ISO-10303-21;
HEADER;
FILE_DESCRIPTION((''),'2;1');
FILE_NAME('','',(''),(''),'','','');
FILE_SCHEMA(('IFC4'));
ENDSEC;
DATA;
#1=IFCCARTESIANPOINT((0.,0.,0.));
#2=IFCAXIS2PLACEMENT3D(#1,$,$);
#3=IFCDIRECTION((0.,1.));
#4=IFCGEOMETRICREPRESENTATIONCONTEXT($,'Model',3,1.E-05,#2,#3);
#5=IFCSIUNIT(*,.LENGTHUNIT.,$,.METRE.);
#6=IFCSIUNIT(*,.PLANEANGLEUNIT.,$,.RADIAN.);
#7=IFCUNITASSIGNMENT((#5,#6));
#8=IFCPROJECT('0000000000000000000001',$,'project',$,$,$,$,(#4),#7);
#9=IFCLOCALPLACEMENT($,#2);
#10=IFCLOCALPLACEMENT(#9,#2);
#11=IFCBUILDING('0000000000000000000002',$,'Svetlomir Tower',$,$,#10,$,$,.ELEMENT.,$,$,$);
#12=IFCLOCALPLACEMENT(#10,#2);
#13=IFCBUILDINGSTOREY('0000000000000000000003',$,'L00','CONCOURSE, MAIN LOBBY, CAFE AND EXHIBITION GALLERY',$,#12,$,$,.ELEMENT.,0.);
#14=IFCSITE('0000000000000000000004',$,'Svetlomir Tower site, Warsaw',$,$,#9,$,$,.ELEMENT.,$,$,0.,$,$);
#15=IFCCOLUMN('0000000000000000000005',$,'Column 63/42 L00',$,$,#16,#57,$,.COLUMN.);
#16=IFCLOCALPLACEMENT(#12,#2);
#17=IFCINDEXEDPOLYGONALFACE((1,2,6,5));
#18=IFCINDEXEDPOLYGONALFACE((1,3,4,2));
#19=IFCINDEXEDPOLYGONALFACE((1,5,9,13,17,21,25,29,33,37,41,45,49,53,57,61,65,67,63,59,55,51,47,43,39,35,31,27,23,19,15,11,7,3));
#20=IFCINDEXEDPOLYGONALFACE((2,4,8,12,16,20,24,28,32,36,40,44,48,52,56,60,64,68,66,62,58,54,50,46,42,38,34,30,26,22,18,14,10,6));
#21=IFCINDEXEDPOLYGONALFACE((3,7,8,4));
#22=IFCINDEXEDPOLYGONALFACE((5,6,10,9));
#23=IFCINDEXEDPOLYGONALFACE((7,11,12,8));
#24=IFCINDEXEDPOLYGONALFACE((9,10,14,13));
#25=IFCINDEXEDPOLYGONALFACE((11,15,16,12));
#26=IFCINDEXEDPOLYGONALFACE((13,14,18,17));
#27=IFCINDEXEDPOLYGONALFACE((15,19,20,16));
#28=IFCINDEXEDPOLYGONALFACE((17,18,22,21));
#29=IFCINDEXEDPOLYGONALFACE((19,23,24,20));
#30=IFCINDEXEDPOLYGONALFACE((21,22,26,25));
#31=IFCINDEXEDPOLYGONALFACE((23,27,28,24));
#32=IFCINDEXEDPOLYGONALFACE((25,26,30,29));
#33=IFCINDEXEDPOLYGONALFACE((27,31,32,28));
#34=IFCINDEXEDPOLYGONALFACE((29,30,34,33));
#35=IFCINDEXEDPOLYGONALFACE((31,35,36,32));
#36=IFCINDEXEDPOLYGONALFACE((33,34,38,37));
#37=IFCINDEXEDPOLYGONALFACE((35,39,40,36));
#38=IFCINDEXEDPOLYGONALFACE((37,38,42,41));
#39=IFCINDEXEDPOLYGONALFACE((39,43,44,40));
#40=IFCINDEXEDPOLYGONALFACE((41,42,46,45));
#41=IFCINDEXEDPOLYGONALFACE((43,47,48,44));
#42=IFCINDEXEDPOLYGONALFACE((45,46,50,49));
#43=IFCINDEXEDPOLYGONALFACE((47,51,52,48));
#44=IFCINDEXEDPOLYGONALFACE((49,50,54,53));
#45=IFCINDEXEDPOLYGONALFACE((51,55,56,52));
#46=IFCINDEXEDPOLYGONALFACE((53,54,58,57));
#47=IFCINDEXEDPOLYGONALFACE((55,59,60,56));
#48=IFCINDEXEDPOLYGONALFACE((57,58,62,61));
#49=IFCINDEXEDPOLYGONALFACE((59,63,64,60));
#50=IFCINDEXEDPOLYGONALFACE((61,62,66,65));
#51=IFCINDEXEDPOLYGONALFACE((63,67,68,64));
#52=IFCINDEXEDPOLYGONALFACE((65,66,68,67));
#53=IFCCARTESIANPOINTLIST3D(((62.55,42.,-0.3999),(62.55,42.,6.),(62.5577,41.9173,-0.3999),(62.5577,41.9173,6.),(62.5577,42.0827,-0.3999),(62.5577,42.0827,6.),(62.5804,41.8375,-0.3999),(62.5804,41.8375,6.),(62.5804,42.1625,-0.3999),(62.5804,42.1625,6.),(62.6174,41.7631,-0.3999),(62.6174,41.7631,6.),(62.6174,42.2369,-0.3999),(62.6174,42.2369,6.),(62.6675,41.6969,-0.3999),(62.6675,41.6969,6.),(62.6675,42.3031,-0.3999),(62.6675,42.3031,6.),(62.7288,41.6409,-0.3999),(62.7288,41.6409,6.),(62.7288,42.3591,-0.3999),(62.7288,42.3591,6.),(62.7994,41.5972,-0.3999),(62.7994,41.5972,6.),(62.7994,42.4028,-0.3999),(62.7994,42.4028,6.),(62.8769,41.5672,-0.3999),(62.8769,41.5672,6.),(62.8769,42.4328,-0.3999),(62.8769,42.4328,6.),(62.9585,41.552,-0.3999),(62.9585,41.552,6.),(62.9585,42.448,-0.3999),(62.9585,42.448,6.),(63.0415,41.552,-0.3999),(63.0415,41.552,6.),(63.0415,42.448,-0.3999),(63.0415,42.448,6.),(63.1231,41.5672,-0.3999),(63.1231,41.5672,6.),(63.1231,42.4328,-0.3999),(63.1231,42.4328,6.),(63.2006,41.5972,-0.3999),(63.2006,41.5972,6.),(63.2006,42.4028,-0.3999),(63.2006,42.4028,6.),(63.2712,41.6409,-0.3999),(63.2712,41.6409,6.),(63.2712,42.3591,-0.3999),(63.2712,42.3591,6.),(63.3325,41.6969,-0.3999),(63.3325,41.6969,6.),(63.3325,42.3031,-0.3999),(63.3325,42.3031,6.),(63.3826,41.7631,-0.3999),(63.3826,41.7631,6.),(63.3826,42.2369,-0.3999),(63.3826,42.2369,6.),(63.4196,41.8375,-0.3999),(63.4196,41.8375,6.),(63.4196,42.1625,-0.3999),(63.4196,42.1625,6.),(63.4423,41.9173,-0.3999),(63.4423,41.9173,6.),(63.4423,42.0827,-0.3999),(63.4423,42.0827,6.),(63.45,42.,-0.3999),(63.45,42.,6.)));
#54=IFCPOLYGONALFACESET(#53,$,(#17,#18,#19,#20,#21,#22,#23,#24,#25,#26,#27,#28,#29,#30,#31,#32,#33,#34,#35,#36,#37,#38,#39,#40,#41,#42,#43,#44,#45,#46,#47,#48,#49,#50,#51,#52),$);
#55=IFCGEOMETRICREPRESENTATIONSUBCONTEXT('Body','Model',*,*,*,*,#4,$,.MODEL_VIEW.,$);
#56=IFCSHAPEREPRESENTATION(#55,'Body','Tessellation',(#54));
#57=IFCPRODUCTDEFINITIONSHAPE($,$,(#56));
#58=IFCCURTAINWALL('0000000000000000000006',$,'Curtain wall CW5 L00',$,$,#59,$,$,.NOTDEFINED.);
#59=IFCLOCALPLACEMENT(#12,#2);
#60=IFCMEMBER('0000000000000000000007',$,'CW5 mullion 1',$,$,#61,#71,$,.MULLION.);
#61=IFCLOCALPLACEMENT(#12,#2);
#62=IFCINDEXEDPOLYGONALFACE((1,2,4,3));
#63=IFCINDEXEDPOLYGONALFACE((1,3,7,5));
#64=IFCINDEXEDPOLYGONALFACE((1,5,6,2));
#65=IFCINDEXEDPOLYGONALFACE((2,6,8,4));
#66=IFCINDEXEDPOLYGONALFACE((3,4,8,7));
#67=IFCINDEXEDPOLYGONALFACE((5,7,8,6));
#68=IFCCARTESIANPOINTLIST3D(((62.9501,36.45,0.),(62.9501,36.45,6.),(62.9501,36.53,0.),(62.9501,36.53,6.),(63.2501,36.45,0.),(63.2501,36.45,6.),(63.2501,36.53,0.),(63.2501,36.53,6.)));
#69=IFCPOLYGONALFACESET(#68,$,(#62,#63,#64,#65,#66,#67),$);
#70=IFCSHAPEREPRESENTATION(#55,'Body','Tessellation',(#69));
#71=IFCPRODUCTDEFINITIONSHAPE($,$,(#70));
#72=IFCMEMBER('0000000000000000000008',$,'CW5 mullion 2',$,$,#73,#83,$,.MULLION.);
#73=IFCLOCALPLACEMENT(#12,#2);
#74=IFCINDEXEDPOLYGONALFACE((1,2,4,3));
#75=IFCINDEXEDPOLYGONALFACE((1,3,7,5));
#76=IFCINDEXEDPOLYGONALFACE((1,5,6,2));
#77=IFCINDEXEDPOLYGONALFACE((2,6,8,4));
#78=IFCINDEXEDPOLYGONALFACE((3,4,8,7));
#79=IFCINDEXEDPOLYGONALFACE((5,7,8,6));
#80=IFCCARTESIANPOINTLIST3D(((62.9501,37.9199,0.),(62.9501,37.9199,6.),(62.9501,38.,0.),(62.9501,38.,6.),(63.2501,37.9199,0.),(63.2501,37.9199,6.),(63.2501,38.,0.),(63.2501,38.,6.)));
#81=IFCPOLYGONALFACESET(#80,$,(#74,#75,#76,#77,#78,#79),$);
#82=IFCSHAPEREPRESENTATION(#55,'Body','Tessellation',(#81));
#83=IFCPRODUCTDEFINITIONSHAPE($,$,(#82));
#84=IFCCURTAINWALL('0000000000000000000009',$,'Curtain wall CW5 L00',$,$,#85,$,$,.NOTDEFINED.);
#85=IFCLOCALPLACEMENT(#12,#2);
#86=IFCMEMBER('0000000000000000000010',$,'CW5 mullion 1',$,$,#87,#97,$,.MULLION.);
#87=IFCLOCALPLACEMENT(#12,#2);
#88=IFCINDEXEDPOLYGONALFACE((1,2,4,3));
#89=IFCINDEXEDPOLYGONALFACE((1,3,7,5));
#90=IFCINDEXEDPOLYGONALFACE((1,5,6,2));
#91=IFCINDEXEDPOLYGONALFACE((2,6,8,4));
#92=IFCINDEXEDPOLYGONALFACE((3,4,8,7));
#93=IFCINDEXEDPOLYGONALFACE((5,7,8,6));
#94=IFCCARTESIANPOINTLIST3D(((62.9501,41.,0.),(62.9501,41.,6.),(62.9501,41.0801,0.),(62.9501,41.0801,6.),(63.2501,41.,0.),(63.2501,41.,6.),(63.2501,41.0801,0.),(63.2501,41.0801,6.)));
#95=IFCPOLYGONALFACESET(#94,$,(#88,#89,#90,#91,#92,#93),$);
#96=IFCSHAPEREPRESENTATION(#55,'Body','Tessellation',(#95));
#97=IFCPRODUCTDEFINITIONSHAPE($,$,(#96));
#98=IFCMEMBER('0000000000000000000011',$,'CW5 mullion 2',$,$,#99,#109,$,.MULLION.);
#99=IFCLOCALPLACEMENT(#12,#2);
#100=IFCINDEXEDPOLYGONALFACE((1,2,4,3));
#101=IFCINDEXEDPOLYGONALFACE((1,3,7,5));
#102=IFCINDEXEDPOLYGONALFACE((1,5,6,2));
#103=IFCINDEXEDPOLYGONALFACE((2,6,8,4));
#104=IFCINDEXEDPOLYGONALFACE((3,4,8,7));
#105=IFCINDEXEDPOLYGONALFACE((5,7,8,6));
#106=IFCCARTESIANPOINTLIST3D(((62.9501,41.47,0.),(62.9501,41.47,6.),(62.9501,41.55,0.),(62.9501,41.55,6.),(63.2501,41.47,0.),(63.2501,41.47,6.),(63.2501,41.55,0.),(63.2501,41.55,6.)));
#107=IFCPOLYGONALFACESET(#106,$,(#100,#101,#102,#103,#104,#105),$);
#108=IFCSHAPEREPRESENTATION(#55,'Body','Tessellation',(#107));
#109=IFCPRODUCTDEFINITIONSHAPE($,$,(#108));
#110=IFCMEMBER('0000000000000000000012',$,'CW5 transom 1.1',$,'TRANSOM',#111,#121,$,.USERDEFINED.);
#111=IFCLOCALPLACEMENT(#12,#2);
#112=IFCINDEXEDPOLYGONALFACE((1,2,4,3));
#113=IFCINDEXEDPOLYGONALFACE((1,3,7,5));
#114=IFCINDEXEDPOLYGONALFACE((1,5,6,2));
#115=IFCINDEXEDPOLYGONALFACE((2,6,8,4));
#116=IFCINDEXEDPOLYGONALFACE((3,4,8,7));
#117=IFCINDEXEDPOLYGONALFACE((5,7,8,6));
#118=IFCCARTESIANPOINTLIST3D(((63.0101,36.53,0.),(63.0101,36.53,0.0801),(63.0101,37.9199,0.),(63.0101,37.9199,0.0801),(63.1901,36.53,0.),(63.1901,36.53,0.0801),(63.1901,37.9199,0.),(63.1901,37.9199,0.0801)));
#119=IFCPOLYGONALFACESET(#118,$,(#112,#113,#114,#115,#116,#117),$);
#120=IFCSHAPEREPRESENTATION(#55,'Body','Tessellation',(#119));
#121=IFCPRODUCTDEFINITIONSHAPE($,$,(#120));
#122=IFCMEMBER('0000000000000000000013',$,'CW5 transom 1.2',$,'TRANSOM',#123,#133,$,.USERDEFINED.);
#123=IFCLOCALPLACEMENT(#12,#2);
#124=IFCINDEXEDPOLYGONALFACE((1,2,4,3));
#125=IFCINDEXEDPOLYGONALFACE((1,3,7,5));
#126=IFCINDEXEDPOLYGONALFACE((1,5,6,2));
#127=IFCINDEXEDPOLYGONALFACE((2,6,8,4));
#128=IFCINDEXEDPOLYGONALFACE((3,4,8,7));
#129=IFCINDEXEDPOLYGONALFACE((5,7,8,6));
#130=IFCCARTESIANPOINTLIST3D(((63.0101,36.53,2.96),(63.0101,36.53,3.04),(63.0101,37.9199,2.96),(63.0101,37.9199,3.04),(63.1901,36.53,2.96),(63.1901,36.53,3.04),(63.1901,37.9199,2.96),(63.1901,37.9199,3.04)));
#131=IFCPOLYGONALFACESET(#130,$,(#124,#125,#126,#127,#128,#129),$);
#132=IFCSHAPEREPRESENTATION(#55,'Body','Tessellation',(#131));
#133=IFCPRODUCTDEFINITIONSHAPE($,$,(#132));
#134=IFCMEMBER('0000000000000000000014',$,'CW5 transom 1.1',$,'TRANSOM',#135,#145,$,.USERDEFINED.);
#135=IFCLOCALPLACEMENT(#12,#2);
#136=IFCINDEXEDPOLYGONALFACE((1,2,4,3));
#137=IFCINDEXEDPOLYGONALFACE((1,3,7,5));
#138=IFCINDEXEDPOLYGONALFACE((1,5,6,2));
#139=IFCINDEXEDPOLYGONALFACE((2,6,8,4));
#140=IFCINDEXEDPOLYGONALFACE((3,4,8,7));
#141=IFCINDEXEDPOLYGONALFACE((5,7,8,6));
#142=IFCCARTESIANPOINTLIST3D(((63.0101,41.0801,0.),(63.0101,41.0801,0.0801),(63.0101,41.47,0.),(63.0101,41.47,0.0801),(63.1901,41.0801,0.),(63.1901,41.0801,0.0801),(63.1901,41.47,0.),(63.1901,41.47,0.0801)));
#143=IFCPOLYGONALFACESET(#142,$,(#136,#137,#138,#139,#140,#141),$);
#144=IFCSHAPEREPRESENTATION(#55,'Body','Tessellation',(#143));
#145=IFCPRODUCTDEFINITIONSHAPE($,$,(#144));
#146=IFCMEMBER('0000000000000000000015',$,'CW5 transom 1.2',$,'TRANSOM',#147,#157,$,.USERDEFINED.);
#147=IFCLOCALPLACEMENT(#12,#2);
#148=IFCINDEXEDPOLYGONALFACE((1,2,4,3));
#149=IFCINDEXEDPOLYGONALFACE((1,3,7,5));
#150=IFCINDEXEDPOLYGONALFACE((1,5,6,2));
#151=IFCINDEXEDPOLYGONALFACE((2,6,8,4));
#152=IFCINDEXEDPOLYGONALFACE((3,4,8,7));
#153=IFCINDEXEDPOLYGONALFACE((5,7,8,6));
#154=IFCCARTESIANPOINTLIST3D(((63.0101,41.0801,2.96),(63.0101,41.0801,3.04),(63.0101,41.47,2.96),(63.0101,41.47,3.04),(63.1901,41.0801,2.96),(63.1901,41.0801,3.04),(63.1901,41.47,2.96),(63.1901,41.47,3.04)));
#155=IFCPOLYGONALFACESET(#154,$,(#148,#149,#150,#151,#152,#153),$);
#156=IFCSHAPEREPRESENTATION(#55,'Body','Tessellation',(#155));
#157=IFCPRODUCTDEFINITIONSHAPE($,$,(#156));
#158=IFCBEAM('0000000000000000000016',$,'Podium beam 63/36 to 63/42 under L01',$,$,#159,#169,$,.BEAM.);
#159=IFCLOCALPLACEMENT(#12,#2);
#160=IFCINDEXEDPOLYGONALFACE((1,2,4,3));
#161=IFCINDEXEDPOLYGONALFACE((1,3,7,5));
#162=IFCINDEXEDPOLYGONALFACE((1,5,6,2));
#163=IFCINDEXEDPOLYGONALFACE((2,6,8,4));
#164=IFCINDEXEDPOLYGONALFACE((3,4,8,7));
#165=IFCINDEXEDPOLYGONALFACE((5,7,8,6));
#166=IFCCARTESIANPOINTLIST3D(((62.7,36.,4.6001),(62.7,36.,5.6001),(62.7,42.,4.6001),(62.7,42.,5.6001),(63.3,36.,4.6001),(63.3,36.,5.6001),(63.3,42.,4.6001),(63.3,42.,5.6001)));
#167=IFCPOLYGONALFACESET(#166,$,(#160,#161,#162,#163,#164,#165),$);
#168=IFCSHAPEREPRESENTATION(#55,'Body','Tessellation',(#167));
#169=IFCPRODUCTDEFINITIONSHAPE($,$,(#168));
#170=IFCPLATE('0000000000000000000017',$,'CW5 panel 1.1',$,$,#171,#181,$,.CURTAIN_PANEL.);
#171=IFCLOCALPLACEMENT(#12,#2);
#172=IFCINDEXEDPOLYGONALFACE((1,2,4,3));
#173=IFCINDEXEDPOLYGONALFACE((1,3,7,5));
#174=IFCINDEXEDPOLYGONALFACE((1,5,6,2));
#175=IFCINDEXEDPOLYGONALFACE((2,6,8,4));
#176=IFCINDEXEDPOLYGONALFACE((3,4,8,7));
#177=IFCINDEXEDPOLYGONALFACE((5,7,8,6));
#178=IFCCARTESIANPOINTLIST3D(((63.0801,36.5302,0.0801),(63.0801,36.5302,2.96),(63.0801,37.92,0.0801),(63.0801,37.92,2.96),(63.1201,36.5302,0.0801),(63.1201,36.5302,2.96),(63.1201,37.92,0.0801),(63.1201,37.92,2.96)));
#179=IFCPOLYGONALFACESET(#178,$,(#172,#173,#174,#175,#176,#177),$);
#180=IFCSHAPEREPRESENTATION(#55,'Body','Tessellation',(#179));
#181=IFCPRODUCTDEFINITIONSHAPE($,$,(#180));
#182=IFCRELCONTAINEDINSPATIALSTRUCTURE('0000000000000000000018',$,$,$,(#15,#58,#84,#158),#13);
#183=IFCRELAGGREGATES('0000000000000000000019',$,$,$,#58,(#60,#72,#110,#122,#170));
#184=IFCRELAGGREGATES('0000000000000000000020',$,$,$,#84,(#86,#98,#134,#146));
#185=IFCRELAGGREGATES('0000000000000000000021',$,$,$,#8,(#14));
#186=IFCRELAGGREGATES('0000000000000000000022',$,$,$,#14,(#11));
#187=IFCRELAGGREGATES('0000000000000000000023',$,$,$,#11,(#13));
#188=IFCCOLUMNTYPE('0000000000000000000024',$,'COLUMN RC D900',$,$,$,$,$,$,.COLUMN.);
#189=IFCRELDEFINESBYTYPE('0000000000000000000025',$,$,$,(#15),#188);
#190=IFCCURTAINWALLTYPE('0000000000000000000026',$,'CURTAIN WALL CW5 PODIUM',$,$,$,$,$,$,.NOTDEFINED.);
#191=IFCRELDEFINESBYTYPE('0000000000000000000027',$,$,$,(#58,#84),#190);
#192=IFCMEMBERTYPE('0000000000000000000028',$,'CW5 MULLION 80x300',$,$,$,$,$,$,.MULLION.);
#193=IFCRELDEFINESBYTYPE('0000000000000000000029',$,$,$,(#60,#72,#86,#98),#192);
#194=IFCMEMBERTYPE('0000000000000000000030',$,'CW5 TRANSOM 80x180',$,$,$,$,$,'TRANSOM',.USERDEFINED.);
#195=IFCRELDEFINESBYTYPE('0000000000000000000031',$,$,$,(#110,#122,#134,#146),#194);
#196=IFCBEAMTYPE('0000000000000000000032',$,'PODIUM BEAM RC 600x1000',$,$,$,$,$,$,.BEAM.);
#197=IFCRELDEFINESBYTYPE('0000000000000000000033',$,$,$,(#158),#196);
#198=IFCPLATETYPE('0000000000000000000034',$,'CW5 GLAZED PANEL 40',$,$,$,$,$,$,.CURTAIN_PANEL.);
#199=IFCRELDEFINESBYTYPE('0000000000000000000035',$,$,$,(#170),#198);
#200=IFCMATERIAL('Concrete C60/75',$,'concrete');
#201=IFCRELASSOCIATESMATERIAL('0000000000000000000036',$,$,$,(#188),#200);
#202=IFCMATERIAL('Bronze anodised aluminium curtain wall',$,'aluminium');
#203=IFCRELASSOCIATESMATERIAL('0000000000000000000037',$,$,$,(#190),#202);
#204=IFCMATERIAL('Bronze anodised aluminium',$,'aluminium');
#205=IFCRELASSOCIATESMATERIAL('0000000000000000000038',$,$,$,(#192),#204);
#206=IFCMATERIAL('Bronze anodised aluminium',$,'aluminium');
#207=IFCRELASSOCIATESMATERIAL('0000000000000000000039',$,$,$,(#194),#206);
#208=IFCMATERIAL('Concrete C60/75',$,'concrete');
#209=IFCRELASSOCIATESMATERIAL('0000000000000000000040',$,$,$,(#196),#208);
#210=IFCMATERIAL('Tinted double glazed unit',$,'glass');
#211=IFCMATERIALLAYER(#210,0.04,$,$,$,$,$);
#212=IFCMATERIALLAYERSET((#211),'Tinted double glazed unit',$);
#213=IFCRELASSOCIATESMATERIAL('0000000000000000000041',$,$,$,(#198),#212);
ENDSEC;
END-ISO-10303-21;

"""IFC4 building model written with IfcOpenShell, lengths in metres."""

from ifc_helpers import new_model, si_unit, direction, frame, origin, origin_2d, place, context, subcontext, project, spatial, rectangle, circle, extrude, material, layer, layer_set, material_profile, profile_set, type_object, element, aggregate, save


model = new_model("IFC4")

# Units and contexts
model_context = context("Model", 3, precision=1e-05, world=origin(), true_north=direction((0.0, 1.0)))
body_context = subcontext(model_context, "Body", "Model", "MODEL_VIEW")
ifc_project = project(units=[si_unit("LENGTHUNIT", "METRE"), si_unit("PLANEANGLEUNIT", "RADIAN")], contexts=[model_context])

# Site, building, storey
site_placement = place(None, origin())
site = spatial("IfcSite", under=ifc_project, at=site_placement, Name="Svetlomir Tower site, Warsaw", CompositionType="ELEMENT", RefElevation=0.0)
building_placement = place(site_placement, origin())
building = spatial("IfcBuilding", under=site, at=building_placement, Name="Svetlomir Tower", CompositionType="ELEMENT")
storey_placement = place(building_placement, origin())
storey = spatial("IfcBuildingStorey", under=building, at=storey_placement, Name="L00", Description="CONCOURSE, MAIN LOBBY, CAFE AND EXHIBITION GALLERY", CompositionType="ELEMENT", Elevation=0.0)

# Column
ifc_material_1 = material(Name="Concrete C60/75", Category="concrete")
ifc_material_profile_1 = material_profile(ifc_material_1, circle(Radius=0.45, at=origin_2d()), Name="RC D900")
ifc_profile_set_1 = profile_set([ifc_material_profile_1], Name="Concrete C60/75")
column_type = type_object("IfcColumnType", Name="COLUMN RC D900", PredefinedType="COLUMN", material=ifc_profile_set_1)
for number, where, z_axis, x_axis, name in (
    (1, (63.0, 42.0, -0.3999), (0.0, 0.0, 1.0), (1.0, 0.0, 0.0), "Column 63/42 L00"),
):
    element("IfcColumn", number, at=place(storey_placement, frame(where, z_axis=z_axis, x_axis=x_axis)), inside=storey, type_object=column_type, Name=name, PredefinedType="COLUMN", context=body_context, shape_type="SweptSolid", body=[
        extrude(circle(Radius=0.45, at=origin_2d()), origin(), (0.0, 0.0, 1.0), 6.3999),
    ])

# Curtain walls, members
ifc_material_2 = material(Name="Bronze anodised aluminium curtain wall", Category="aluminium")
curtain_wall_type = type_object("IfcCurtainWallType", Name="CURTAIN WALL CW5 PODIUM", PredefinedType="NOTDEFINED", material=ifc_material_2)
curtain_wall_1_placement = place(storey_placement, origin())
curtain_wall_1 = element("IfcCurtainWall", 2, at=curtain_wall_1_placement, inside=storey, type_object=curtain_wall_type, Name="Curtain wall CW5 L00", PredefinedType="NOTDEFINED")
ifc_material_3 = material(Name="Bronze anodised aluminium", Category="aluminium")
ifc_material_profile_2 = material_profile(ifc_material_3, rectangle(XDim=0.0801, YDim=0.3, at=origin_2d()), Name="AL 80x300")
ifc_profile_set_2 = profile_set([ifc_material_profile_2], Name="Bronze anodised aluminium 6063-T6")
member_type_1 = type_object("IfcMemberType", Name="CW5 MULLION 80x300", PredefinedType="MULLION", material=ifc_profile_set_2)
member_1_placement = place(storey_placement, frame((63.1001, 36.49, 0.0), z_axis=(0.0, 0.0, 1.0), x_axis=(0.0, 1.0, 0.0)))
member_1 = element("IfcMember", 3, at=member_1_placement, type_object=member_type_1, Name="CW5 mullion 1", PredefinedType="MULLION", context=body_context, shape_type="SweptSolid", body=[
    extrude(rectangle(XDim=0.0801, YDim=0.3, at=origin_2d()), origin(), (0.0, 0.0, 1.0), 6.0),
])
member_2_placement = place(storey_placement, frame((63.1001, 37.96, 0.0), z_axis=(0.0, 0.0, 1.0), x_axis=(0.0, 1.0, 0.0)))
member_2 = element("IfcMember", 4, at=member_2_placement, type_object=member_type_1, Name="CW5 mullion 2", PredefinedType="MULLION", context=body_context, shape_type="SweptSolid", body=[
    extrude(rectangle(XDim=0.0801, YDim=0.3, at=origin_2d()), origin(), (0.0, 0.0, 1.0), 6.0),
])
curtain_wall_2_placement = place(storey_placement, origin())
curtain_wall_2 = element("IfcCurtainWall", 5, at=curtain_wall_2_placement, inside=storey, type_object=curtain_wall_type, Name="Curtain wall CW5 L00", PredefinedType="NOTDEFINED")
member_3_placement = place(storey_placement, frame((63.1001, 41.04, 0.0), z_axis=(0.0, 0.0, 1.0), x_axis=(0.0, 1.0, 0.0)))
member_3 = element("IfcMember", 6, at=member_3_placement, type_object=member_type_1, Name="CW5 mullion 1", PredefinedType="MULLION", context=body_context, shape_type="SweptSolid", body=[
    extrude(rectangle(XDim=0.0801, YDim=0.3, at=origin_2d()), origin(), (0.0, 0.0, 1.0), 6.0),
])
member_4_placement = place(storey_placement, frame((63.1001, 41.51, 0.0), z_axis=(0.0, 0.0, 1.0), x_axis=(0.0, 1.0, 0.0)))
member_4 = element("IfcMember", 7, at=member_4_placement, type_object=member_type_1, Name="CW5 mullion 2", PredefinedType="MULLION", context=body_context, shape_type="SweptSolid", body=[
    extrude(rectangle(XDim=0.0801, YDim=0.3, at=origin_2d()), origin(), (0.0, 0.0, 1.0), 6.0),
])

# Members
ifc_material_4 = material(Name="Bronze anodised aluminium", Category="aluminium")
ifc_material_profile_3 = material_profile(ifc_material_4, rectangle(XDim=0.1799, YDim=0.0801, at=origin_2d()), Name="AL 180x80")
ifc_profile_set_3 = profile_set([ifc_material_profile_3], Name="Bronze anodised aluminium 6063-T6")
member_type_2 = type_object("IfcMemberType", Name="CW5 TRANSOM 80x180", ElementType="TRANSOM", PredefinedType="USERDEFINED", material=ifc_profile_set_3)
member_5_placement = place(storey_placement, frame((63.1001, 36.53, 0.04), z_axis=(0.0, 1.0, 0.0), x_axis=(-1.0, 0.0, 0.0)))
member_5 = element("IfcMember", 8, at=member_5_placement, type_object=member_type_2, Name="CW5 transom 1.1", ObjectType="TRANSOM", PredefinedType="USERDEFINED", context=body_context, shape_type="SweptSolid", body=[
    extrude(rectangle(XDim=0.1799, YDim=0.0801, at=origin_2d()), origin(), (0.0, 0.0, 1.0), 1.3899),
])
member_6_placement = place(storey_placement, frame((63.1001, 36.53, 3.0), z_axis=(0.0, 1.0, 0.0), x_axis=(-1.0, 0.0, 0.0)))
member_6 = element("IfcMember", 9, at=member_6_placement, type_object=member_type_2, Name="CW5 transom 1.2", ObjectType="TRANSOM", PredefinedType="USERDEFINED", context=body_context, shape_type="SweptSolid", body=[
    extrude(rectangle(XDim=0.1799, YDim=0.0801, at=origin_2d()), origin(), (0.0, 0.0, 1.0), 1.3899),
])
member_7_placement = place(storey_placement, frame((63.1001, 41.0801, 0.04), z_axis=(0.0, 1.0, 0.0), x_axis=(-1.0, 0.0, 0.0)))
member_7 = element("IfcMember", 10, at=member_7_placement, type_object=member_type_2, Name="CW5 transom 1.1", ObjectType="TRANSOM", PredefinedType="USERDEFINED", context=body_context, shape_type="SweptSolid", body=[
    extrude(rectangle(XDim=0.1799, YDim=0.0801, at=origin_2d()), origin(), (0.0, 0.0, 1.0), 0.3899),
])
member_8_placement = place(storey_placement, frame((63.1001, 41.0801, 3.0), z_axis=(0.0, 1.0, 0.0), x_axis=(-1.0, 0.0, 0.0)))
member_8 = element("IfcMember", 11, at=member_8_placement, type_object=member_type_2, Name="CW5 transom 1.2", ObjectType="TRANSOM", PredefinedType="USERDEFINED", context=body_context, shape_type="SweptSolid", body=[
    extrude(rectangle(XDim=0.1799, YDim=0.0801, at=origin_2d()), origin(), (0.0, 0.0, 1.0), 0.3899),
])

# Beam
ifc_material_5 = material(Name="Concrete C60/75", Category="concrete")
ifc_material_profile_4 = material_profile(ifc_material_5, rectangle(XDim=0.6001, YDim=1.0, at=origin_2d()), Name="RC 600x1000")
ifc_profile_set_4 = profile_set([ifc_material_profile_4], Name="Concrete C60/75")
beam_type = type_object("IfcBeamType", Name="PODIUM BEAM RC 600x1000", PredefinedType="BEAM", material=ifc_profile_set_4)
beam_placement = place(storey_placement, frame((63.0, 36.0, 5.1001), z_axis=(0.0, 1.0, 0.0), x_axis=(-1.0, 0.0, 0.0)))
element("IfcBeam", 12, at=beam_placement, inside=storey, type_object=beam_type, Name="Podium beam 63/36 to 63/42 under L01", PredefinedType="BEAM", context=body_context, shape_type="SweptSolid", body=[
    extrude(rectangle(XDim=0.6001, YDim=1.0, at=origin_2d()), origin(), (0.0, 0.0, 1.0), 6.0),
])

# Plate
ifc_material_6 = material(Name="Tinted double glazed unit", Category="glass")
ifc_layer_1 = layer(ifc_material_6, 0.04)
ifc_layer_set_1 = layer_set([ifc_layer_1], Name="Tinted double glazed unit")
plate_type = type_object("IfcPlateType", Name="CW5 GLAZED PANEL 40", PredefinedType="CURTAIN_PANEL", material=ifc_layer_set_1)
plate_1_placement = place(storey_placement, frame((63.1001, 37.2251, 0.0801), z_axis=(0.0, 0.0, 1.0), x_axis=(0.0, 1.0, 0.0)))
plate_1 = element("IfcPlate", 13, at=plate_1_placement, type_object=plate_type, Name="CW5 panel 1.1", PredefinedType="CURTAIN_PANEL", context=body_context, shape_type="SweptSolid", body=[
    extrude(rectangle(XDim=1.3899, YDim=0.04, at=origin_2d()), origin(), (0.0, 0.0, 1.0), 2.8799),
])
aggregate(curtain_wall_1, [member_1, member_2, member_5, member_6, plate_1])
aggregate(curtain_wall_2, [member_3, member_4, member_7, member_8])

save(model, "model.ifc")
